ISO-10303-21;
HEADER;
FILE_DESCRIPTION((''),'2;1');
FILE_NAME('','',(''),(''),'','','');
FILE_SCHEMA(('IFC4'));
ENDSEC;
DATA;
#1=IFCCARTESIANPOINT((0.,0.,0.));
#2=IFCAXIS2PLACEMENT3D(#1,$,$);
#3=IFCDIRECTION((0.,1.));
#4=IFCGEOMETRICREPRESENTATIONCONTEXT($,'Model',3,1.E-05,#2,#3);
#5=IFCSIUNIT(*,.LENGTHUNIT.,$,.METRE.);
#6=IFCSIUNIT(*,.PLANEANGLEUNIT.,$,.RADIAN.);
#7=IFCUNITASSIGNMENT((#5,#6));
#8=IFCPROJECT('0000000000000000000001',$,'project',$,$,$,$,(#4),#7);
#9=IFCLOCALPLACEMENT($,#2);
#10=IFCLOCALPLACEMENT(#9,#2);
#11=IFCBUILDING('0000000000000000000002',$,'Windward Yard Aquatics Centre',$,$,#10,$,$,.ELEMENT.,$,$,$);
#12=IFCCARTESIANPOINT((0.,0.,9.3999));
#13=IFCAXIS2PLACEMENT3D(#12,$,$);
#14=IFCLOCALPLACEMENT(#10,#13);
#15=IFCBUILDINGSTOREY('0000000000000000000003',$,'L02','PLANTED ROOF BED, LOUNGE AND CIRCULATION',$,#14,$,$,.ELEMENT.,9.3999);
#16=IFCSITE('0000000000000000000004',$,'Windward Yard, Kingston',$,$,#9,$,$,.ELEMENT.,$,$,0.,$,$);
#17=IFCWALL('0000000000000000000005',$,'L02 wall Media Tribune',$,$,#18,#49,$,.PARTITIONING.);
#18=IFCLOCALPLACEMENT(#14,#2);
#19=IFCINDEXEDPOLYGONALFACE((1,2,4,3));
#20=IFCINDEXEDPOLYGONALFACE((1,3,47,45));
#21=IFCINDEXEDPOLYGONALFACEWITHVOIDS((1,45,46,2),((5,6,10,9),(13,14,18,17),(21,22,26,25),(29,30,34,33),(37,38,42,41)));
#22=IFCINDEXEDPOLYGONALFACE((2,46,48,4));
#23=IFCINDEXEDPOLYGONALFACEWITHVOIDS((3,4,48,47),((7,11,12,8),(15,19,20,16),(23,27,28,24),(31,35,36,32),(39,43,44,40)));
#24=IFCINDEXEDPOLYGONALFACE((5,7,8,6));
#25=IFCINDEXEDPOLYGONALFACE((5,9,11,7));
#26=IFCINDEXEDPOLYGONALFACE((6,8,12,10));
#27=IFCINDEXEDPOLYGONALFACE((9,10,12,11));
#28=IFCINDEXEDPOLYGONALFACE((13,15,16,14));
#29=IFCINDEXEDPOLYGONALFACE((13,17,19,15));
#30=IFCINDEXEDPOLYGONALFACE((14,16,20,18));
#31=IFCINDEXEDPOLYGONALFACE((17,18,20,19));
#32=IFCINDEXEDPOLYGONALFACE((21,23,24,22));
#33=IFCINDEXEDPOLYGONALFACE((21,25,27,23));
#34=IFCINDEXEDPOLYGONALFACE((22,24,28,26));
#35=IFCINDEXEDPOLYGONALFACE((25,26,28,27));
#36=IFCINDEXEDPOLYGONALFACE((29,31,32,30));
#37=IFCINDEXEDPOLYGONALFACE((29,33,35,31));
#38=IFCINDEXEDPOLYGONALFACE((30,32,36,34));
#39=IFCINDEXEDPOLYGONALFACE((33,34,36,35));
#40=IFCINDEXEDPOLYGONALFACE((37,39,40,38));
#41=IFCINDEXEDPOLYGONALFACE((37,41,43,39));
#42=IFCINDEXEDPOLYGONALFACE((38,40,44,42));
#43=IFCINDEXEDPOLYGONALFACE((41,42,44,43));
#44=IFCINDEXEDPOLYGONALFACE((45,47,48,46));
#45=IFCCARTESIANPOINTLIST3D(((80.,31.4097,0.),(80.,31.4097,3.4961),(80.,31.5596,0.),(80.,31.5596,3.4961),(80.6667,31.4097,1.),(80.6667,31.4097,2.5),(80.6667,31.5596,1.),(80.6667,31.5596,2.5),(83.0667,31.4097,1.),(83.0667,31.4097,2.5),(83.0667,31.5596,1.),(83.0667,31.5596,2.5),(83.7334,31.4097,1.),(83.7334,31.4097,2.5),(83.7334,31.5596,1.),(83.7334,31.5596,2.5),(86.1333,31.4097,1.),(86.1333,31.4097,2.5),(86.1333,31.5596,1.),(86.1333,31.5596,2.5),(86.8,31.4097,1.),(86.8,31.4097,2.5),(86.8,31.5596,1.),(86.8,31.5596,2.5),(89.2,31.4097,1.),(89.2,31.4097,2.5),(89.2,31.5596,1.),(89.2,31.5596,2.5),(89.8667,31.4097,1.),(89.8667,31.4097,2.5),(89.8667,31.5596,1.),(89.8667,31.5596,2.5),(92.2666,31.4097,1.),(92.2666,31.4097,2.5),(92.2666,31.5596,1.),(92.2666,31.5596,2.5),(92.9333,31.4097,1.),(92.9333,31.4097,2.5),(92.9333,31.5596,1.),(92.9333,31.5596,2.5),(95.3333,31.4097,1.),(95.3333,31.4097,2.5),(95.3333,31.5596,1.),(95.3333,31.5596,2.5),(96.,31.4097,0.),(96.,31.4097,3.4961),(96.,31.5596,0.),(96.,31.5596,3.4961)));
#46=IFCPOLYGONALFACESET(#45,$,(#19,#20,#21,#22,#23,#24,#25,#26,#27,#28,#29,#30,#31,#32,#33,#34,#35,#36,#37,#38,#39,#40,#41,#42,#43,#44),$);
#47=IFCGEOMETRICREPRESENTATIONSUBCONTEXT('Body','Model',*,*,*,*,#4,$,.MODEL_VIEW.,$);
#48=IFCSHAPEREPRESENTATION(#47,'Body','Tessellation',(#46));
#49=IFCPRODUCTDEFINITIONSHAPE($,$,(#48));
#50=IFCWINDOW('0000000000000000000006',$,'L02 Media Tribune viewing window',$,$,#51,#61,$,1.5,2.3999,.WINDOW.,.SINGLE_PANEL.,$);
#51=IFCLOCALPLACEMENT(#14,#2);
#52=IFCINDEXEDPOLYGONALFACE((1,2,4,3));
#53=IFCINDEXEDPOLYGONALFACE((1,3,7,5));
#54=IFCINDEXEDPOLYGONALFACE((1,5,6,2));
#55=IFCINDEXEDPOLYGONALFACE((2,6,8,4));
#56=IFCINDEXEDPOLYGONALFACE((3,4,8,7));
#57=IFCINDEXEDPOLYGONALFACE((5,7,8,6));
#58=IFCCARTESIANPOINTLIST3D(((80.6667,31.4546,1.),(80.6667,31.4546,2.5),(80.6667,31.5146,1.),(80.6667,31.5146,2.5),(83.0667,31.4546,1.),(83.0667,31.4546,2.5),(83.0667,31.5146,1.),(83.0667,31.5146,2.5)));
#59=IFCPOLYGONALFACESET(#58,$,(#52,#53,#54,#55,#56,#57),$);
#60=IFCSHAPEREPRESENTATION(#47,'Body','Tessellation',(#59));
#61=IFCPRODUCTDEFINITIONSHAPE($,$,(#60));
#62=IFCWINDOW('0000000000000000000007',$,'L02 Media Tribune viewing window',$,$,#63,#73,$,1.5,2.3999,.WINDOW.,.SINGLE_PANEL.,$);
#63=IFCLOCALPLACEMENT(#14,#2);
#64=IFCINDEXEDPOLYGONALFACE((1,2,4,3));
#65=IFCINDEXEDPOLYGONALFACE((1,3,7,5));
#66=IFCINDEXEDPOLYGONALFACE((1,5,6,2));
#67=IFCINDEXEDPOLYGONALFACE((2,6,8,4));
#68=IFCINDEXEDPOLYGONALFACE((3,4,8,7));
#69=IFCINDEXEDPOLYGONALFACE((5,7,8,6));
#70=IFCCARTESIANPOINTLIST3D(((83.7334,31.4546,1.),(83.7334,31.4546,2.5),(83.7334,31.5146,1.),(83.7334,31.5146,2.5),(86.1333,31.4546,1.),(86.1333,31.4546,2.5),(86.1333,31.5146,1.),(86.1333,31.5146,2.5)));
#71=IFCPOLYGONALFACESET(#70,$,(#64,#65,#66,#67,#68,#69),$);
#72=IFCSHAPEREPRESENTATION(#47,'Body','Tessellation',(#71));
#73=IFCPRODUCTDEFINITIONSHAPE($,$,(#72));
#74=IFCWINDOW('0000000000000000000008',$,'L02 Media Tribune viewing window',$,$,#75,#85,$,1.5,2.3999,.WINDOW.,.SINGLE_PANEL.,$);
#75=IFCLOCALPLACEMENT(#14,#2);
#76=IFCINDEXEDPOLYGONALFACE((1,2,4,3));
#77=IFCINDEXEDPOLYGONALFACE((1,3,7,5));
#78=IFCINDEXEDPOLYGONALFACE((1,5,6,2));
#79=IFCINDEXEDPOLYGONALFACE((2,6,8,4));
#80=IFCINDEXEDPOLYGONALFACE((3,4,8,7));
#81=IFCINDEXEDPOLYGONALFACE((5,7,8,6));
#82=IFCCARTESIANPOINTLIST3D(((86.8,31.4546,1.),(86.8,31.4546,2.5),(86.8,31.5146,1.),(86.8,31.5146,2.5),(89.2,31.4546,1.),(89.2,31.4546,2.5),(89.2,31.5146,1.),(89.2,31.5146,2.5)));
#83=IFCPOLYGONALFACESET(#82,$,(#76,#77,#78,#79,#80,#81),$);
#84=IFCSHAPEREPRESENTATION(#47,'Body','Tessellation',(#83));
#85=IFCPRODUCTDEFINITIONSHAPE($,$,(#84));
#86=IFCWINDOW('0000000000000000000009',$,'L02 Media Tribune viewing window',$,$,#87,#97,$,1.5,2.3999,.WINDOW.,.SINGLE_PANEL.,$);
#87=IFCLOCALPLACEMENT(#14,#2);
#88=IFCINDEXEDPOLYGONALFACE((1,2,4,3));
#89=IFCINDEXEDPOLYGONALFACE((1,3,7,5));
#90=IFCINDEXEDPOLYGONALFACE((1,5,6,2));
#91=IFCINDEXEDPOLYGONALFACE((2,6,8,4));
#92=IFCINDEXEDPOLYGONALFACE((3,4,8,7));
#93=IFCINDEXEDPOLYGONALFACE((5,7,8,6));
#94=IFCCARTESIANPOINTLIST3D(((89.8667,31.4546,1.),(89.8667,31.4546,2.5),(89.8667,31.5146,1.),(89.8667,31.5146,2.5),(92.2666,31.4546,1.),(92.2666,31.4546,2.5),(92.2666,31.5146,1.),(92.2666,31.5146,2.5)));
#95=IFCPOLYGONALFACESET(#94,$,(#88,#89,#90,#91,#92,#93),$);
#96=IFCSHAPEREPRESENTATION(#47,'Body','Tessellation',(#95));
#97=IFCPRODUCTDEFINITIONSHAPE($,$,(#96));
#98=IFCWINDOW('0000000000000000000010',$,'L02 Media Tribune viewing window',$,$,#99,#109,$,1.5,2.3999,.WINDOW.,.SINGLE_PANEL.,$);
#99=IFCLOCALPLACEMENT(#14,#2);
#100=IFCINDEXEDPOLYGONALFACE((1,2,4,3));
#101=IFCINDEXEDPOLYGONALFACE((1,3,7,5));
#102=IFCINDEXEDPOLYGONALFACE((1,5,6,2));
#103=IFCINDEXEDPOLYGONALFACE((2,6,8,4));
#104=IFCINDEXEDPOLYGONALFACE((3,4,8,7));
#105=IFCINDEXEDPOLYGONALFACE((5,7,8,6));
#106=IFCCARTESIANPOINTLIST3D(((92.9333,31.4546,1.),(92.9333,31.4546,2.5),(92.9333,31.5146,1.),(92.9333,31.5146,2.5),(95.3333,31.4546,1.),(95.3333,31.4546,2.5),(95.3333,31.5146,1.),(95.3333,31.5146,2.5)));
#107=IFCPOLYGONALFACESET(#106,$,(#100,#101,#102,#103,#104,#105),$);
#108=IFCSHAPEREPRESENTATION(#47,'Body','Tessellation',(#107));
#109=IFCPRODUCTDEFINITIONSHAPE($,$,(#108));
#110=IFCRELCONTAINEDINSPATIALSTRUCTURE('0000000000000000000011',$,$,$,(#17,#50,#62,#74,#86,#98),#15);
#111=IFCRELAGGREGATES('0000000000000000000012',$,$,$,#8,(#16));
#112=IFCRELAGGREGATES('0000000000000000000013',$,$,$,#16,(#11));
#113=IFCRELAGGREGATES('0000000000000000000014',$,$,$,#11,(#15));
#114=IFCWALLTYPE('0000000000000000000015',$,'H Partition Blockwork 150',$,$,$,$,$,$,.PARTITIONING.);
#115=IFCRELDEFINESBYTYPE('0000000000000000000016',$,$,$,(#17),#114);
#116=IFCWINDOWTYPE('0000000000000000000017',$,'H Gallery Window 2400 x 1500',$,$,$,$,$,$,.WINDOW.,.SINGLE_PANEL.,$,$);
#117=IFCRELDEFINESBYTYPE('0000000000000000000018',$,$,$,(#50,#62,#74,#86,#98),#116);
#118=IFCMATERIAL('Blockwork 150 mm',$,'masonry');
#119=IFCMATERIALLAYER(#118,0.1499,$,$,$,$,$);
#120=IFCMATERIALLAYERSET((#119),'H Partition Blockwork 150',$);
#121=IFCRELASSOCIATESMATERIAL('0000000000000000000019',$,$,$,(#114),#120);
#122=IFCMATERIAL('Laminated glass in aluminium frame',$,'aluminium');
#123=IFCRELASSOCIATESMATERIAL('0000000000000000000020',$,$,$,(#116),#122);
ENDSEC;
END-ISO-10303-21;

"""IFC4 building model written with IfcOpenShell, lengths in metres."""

from ifc_helpers import new_model, si_unit, direction, frame, frame_2d, origin, place, context, subcontext, project, spatial, rectangle, extrude, material, layer, layer_set, type_object, element, fill, save


model = new_model("IFC4")

# Units and contexts
model_context = context("Model", 3, precision=1e-05, world=origin(), true_north=direction((0.0, 1.0)))
body_context = subcontext(model_context, "Body", "Model", "MODEL_VIEW")
ifc_project = project(units=[si_unit("LENGTHUNIT", "METRE"), si_unit("PLANEANGLEUNIT", "RADIAN")], contexts=[model_context])

# Site, building, storey
site_placement = place(None, origin())
site = spatial("IfcSite", under=ifc_project, at=site_placement, Name="Windward Yard, Kingston", CompositionType="ELEMENT", RefElevation=0.0)
building_placement = place(site_placement, origin())
building = spatial("IfcBuilding", under=site, at=building_placement, Name="Windward Yard Aquatics Centre", CompositionType="ELEMENT")
storey_placement = place(building_placement, frame((0.0, 0.0, 9.3999)))
storey = spatial("IfcBuildingStorey", under=building, at=storey_placement, Name="L02", Description="PLANTED ROOF BED, LOUNGE AND CIRCULATION", CompositionType="ELEMENT", Elevation=9.3999)

# Shared definitions
ifc_material_1 = material(Name="Blockwork 150 mm", Category="masonry")
ifc_layer_1 = layer(ifc_material_1, 0.1499)
ifc_layer_set_1 = layer_set([ifc_layer_1], Name="H Partition Blockwork 150")
wall_type = type_object("IfcWallType", Name="H Partition Blockwork 150", PredefinedType="PARTITIONING", material=ifc_layer_set_1)

# Wall, openings, windows
wall_1_placement = place(storey_placement, frame((80.0, 31.4846, 0.0), z_axis=(0.0, 0.0, 1.0), x_axis=(1.0, 0.0, 0.0)))
wall_1 = element("IfcWall", 1, at=wall_1_placement, inside=storey, type_object=wall_type, Name="L02 wall Media Tribune", PredefinedType="PARTITIONING", context=body_context, shape_type="SweptSolid", body=[
    extrude(rectangle(XDim=16.0, YDim=0.1499, at=frame_2d((8.0, 0.0))), origin(), (0.0, 0.0, 1.0), 3.4961),
])
opening_1_placement = place(wall_1_placement, frame((0.6667, 0.0, 1.0)))
opening_1 = element("IfcOpeningElement", 2, at=opening_1_placement, cuts=wall_1, PredefinedType="OPENING", context=body_context, shape_type="SweptSolid", body=[
    extrude(rectangle(XDim=2.3999, YDim=1.5, at=frame_2d((1.2, 0.75))), frame((0.0, 0.085, 0.0), z_axis=(0.0, -1.0, 0.0), x_axis=(1.0, 0.0, 0.0)), (0.0, 0.0, 1.0), 0.1699),
])
opening_2_placement = place(wall_1_placement, frame((3.7334, 0.0, 1.0)))
opening_2 = element("IfcOpeningElement", 3, at=opening_2_placement, cuts=wall_1, PredefinedType="OPENING", context=body_context, shape_type="SweptSolid", body=[
    extrude(rectangle(XDim=2.3999, YDim=1.5, at=frame_2d((1.2, 0.75))), frame((0.0, 0.085, 0.0), z_axis=(0.0, -1.0, 0.0), x_axis=(1.0, 0.0, 0.0)), (0.0, 0.0, 1.0), 0.1699),
])
opening_3_placement = place(wall_1_placement, frame((6.8, 0.0, 1.0)))
opening_3 = element("IfcOpeningElement", 4, at=opening_3_placement, cuts=wall_1, PredefinedType="OPENING", context=body_context, shape_type="SweptSolid", body=[
    extrude(rectangle(XDim=2.3999, YDim=1.5, at=frame_2d((1.2, 0.75))), frame((0.0, 0.085, 0.0), z_axis=(0.0, -1.0, 0.0), x_axis=(1.0, 0.0, 0.0)), (0.0, 0.0, 1.0), 0.1699),
])
opening_4_placement = place(wall_1_placement, frame((9.8667, 0.0, 1.0)))
opening_4 = element("IfcOpeningElement", 5, at=opening_4_placement, cuts=wall_1, PredefinedType="OPENING", context=body_context, shape_type="SweptSolid", body=[
    extrude(rectangle(XDim=2.3999, YDim=1.5, at=frame_2d((1.2, 0.75))), frame((0.0, 0.085, 0.0), z_axis=(0.0, -1.0, 0.0), x_axis=(1.0, 0.0, 0.0)), (0.0, 0.0, 1.0), 0.1699),
])
opening_5_placement = place(wall_1_placement, frame((12.9333, 0.0, 1.0)))
opening_5 = element("IfcOpeningElement", 6, at=opening_5_placement, cuts=wall_1, PredefinedType="OPENING", context=body_context, shape_type="SweptSolid", body=[
    extrude(rectangle(XDim=2.3999, YDim=1.5, at=frame_2d((1.2, 0.75))), frame((0.0, 0.085, 0.0), z_axis=(0.0, -1.0, 0.0), x_axis=(1.0, 0.0, 0.0)), (0.0, 0.0, 1.0), 0.1699),
])
ifc_material_2 = material(Name="Laminated glass in aluminium frame", Category="aluminium")
window_type = type_object("IfcWindowType", Name="H Gallery Window 2400 x 1500", PartitioningType="SINGLE_PANEL", PredefinedType="WINDOW", material=ifc_material_2)
window_1_placement = place(opening_1_placement, origin())
window_1 = element("IfcWindow", 7, at=window_1_placement, inside=storey, type_object=window_type, Name="L02 Media Tribune viewing window", OverallHeight=1.5, OverallWidth=2.3999, PartitioningType="SINGLE_PANEL", PredefinedType="WINDOW", context=body_context, shape_type="SweptSolid", body=[
    extrude(rectangle(XDim=2.3999, YDim=1.5, at=frame_2d((1.2, 0.75))), frame((0.0, 0.03, 0.0), z_axis=(0.0, -1.0, 0.0), x_axis=(1.0, 0.0, 0.0)), (0.0, 0.0, 1.0), 0.0601),
])
fill(opening_1, window_1)
window_2_placement = place(opening_2_placement, origin())
window_2 = element("IfcWindow", 8, at=window_2_placement, inside=storey, type_object=window_type, Name="L02 Media Tribune viewing window", OverallHeight=1.5, OverallWidth=2.3999, PartitioningType="SINGLE_PANEL", PredefinedType="WINDOW", context=body_context, shape_type="SweptSolid", body=[
    extrude(rectangle(XDim=2.3999, YDim=1.5, at=frame_2d((1.2, 0.75))), frame((0.0, 0.03, 0.0), z_axis=(0.0, -1.0, 0.0), x_axis=(1.0, 0.0, 0.0)), (0.0, 0.0, 1.0), 0.0601),
])
fill(opening_2, window_2)
window_3_placement = place(opening_3_placement, origin())
window_3 = element("IfcWindow", 9, at=window_3_placement, inside=storey, type_object=window_type, Name="L02 Media Tribune viewing window", OverallHeight=1.5, OverallWidth=2.3999, PartitioningType="SINGLE_PANEL", PredefinedType="WINDOW", context=body_context, shape_type="SweptSolid", body=[
    extrude(rectangle(XDim=2.3999, YDim=1.5, at=frame_2d((1.2, 0.75))), frame((0.0, 0.03, 0.0), z_axis=(0.0, -1.0, 0.0), x_axis=(1.0, 0.0, 0.0)), (0.0, 0.0, 1.0), 0.0601),
])
fill(opening_3, window_3)
window_4_placement = place(opening_4_placement, origin())
window_4 = element("IfcWindow", 10, at=window_4_placement, inside=storey, type_object=window_type, Name="L02 Media Tribune viewing window", OverallHeight=1.5, OverallWidth=2.3999, PartitioningType="SINGLE_PANEL", PredefinedType="WINDOW", context=body_context, shape_type="SweptSolid", body=[
    extrude(rectangle(XDim=2.3999, YDim=1.5, at=frame_2d((1.2, 0.75))), frame((0.0, 0.03, 0.0), z_axis=(0.0, -1.0, 0.0), x_axis=(1.0, 0.0, 0.0)), (0.0, 0.0, 1.0), 0.0601),
])
fill(opening_4, window_4)
window_5_placement = place(opening_5_placement, origin())
window_5 = element("IfcWindow", 11, at=window_5_placement, inside=storey, type_object=window_type, Name="L02 Media Tribune viewing window", OverallHeight=1.5, OverallWidth=2.3999, PartitioningType="SINGLE_PANEL", PredefinedType="WINDOW", context=body_context, shape_type="SweptSolid", body=[
    extrude(rectangle(XDim=2.3999, YDim=1.5, at=frame_2d((1.2, 0.75))), frame((0.0, 0.03, 0.0), z_axis=(0.0, -1.0, 0.0), x_axis=(1.0, 0.0, 0.0)), (0.0, 0.0, 1.0), 0.0601),
])
fill(opening_5, window_5)

save(model, "model.ifc")
